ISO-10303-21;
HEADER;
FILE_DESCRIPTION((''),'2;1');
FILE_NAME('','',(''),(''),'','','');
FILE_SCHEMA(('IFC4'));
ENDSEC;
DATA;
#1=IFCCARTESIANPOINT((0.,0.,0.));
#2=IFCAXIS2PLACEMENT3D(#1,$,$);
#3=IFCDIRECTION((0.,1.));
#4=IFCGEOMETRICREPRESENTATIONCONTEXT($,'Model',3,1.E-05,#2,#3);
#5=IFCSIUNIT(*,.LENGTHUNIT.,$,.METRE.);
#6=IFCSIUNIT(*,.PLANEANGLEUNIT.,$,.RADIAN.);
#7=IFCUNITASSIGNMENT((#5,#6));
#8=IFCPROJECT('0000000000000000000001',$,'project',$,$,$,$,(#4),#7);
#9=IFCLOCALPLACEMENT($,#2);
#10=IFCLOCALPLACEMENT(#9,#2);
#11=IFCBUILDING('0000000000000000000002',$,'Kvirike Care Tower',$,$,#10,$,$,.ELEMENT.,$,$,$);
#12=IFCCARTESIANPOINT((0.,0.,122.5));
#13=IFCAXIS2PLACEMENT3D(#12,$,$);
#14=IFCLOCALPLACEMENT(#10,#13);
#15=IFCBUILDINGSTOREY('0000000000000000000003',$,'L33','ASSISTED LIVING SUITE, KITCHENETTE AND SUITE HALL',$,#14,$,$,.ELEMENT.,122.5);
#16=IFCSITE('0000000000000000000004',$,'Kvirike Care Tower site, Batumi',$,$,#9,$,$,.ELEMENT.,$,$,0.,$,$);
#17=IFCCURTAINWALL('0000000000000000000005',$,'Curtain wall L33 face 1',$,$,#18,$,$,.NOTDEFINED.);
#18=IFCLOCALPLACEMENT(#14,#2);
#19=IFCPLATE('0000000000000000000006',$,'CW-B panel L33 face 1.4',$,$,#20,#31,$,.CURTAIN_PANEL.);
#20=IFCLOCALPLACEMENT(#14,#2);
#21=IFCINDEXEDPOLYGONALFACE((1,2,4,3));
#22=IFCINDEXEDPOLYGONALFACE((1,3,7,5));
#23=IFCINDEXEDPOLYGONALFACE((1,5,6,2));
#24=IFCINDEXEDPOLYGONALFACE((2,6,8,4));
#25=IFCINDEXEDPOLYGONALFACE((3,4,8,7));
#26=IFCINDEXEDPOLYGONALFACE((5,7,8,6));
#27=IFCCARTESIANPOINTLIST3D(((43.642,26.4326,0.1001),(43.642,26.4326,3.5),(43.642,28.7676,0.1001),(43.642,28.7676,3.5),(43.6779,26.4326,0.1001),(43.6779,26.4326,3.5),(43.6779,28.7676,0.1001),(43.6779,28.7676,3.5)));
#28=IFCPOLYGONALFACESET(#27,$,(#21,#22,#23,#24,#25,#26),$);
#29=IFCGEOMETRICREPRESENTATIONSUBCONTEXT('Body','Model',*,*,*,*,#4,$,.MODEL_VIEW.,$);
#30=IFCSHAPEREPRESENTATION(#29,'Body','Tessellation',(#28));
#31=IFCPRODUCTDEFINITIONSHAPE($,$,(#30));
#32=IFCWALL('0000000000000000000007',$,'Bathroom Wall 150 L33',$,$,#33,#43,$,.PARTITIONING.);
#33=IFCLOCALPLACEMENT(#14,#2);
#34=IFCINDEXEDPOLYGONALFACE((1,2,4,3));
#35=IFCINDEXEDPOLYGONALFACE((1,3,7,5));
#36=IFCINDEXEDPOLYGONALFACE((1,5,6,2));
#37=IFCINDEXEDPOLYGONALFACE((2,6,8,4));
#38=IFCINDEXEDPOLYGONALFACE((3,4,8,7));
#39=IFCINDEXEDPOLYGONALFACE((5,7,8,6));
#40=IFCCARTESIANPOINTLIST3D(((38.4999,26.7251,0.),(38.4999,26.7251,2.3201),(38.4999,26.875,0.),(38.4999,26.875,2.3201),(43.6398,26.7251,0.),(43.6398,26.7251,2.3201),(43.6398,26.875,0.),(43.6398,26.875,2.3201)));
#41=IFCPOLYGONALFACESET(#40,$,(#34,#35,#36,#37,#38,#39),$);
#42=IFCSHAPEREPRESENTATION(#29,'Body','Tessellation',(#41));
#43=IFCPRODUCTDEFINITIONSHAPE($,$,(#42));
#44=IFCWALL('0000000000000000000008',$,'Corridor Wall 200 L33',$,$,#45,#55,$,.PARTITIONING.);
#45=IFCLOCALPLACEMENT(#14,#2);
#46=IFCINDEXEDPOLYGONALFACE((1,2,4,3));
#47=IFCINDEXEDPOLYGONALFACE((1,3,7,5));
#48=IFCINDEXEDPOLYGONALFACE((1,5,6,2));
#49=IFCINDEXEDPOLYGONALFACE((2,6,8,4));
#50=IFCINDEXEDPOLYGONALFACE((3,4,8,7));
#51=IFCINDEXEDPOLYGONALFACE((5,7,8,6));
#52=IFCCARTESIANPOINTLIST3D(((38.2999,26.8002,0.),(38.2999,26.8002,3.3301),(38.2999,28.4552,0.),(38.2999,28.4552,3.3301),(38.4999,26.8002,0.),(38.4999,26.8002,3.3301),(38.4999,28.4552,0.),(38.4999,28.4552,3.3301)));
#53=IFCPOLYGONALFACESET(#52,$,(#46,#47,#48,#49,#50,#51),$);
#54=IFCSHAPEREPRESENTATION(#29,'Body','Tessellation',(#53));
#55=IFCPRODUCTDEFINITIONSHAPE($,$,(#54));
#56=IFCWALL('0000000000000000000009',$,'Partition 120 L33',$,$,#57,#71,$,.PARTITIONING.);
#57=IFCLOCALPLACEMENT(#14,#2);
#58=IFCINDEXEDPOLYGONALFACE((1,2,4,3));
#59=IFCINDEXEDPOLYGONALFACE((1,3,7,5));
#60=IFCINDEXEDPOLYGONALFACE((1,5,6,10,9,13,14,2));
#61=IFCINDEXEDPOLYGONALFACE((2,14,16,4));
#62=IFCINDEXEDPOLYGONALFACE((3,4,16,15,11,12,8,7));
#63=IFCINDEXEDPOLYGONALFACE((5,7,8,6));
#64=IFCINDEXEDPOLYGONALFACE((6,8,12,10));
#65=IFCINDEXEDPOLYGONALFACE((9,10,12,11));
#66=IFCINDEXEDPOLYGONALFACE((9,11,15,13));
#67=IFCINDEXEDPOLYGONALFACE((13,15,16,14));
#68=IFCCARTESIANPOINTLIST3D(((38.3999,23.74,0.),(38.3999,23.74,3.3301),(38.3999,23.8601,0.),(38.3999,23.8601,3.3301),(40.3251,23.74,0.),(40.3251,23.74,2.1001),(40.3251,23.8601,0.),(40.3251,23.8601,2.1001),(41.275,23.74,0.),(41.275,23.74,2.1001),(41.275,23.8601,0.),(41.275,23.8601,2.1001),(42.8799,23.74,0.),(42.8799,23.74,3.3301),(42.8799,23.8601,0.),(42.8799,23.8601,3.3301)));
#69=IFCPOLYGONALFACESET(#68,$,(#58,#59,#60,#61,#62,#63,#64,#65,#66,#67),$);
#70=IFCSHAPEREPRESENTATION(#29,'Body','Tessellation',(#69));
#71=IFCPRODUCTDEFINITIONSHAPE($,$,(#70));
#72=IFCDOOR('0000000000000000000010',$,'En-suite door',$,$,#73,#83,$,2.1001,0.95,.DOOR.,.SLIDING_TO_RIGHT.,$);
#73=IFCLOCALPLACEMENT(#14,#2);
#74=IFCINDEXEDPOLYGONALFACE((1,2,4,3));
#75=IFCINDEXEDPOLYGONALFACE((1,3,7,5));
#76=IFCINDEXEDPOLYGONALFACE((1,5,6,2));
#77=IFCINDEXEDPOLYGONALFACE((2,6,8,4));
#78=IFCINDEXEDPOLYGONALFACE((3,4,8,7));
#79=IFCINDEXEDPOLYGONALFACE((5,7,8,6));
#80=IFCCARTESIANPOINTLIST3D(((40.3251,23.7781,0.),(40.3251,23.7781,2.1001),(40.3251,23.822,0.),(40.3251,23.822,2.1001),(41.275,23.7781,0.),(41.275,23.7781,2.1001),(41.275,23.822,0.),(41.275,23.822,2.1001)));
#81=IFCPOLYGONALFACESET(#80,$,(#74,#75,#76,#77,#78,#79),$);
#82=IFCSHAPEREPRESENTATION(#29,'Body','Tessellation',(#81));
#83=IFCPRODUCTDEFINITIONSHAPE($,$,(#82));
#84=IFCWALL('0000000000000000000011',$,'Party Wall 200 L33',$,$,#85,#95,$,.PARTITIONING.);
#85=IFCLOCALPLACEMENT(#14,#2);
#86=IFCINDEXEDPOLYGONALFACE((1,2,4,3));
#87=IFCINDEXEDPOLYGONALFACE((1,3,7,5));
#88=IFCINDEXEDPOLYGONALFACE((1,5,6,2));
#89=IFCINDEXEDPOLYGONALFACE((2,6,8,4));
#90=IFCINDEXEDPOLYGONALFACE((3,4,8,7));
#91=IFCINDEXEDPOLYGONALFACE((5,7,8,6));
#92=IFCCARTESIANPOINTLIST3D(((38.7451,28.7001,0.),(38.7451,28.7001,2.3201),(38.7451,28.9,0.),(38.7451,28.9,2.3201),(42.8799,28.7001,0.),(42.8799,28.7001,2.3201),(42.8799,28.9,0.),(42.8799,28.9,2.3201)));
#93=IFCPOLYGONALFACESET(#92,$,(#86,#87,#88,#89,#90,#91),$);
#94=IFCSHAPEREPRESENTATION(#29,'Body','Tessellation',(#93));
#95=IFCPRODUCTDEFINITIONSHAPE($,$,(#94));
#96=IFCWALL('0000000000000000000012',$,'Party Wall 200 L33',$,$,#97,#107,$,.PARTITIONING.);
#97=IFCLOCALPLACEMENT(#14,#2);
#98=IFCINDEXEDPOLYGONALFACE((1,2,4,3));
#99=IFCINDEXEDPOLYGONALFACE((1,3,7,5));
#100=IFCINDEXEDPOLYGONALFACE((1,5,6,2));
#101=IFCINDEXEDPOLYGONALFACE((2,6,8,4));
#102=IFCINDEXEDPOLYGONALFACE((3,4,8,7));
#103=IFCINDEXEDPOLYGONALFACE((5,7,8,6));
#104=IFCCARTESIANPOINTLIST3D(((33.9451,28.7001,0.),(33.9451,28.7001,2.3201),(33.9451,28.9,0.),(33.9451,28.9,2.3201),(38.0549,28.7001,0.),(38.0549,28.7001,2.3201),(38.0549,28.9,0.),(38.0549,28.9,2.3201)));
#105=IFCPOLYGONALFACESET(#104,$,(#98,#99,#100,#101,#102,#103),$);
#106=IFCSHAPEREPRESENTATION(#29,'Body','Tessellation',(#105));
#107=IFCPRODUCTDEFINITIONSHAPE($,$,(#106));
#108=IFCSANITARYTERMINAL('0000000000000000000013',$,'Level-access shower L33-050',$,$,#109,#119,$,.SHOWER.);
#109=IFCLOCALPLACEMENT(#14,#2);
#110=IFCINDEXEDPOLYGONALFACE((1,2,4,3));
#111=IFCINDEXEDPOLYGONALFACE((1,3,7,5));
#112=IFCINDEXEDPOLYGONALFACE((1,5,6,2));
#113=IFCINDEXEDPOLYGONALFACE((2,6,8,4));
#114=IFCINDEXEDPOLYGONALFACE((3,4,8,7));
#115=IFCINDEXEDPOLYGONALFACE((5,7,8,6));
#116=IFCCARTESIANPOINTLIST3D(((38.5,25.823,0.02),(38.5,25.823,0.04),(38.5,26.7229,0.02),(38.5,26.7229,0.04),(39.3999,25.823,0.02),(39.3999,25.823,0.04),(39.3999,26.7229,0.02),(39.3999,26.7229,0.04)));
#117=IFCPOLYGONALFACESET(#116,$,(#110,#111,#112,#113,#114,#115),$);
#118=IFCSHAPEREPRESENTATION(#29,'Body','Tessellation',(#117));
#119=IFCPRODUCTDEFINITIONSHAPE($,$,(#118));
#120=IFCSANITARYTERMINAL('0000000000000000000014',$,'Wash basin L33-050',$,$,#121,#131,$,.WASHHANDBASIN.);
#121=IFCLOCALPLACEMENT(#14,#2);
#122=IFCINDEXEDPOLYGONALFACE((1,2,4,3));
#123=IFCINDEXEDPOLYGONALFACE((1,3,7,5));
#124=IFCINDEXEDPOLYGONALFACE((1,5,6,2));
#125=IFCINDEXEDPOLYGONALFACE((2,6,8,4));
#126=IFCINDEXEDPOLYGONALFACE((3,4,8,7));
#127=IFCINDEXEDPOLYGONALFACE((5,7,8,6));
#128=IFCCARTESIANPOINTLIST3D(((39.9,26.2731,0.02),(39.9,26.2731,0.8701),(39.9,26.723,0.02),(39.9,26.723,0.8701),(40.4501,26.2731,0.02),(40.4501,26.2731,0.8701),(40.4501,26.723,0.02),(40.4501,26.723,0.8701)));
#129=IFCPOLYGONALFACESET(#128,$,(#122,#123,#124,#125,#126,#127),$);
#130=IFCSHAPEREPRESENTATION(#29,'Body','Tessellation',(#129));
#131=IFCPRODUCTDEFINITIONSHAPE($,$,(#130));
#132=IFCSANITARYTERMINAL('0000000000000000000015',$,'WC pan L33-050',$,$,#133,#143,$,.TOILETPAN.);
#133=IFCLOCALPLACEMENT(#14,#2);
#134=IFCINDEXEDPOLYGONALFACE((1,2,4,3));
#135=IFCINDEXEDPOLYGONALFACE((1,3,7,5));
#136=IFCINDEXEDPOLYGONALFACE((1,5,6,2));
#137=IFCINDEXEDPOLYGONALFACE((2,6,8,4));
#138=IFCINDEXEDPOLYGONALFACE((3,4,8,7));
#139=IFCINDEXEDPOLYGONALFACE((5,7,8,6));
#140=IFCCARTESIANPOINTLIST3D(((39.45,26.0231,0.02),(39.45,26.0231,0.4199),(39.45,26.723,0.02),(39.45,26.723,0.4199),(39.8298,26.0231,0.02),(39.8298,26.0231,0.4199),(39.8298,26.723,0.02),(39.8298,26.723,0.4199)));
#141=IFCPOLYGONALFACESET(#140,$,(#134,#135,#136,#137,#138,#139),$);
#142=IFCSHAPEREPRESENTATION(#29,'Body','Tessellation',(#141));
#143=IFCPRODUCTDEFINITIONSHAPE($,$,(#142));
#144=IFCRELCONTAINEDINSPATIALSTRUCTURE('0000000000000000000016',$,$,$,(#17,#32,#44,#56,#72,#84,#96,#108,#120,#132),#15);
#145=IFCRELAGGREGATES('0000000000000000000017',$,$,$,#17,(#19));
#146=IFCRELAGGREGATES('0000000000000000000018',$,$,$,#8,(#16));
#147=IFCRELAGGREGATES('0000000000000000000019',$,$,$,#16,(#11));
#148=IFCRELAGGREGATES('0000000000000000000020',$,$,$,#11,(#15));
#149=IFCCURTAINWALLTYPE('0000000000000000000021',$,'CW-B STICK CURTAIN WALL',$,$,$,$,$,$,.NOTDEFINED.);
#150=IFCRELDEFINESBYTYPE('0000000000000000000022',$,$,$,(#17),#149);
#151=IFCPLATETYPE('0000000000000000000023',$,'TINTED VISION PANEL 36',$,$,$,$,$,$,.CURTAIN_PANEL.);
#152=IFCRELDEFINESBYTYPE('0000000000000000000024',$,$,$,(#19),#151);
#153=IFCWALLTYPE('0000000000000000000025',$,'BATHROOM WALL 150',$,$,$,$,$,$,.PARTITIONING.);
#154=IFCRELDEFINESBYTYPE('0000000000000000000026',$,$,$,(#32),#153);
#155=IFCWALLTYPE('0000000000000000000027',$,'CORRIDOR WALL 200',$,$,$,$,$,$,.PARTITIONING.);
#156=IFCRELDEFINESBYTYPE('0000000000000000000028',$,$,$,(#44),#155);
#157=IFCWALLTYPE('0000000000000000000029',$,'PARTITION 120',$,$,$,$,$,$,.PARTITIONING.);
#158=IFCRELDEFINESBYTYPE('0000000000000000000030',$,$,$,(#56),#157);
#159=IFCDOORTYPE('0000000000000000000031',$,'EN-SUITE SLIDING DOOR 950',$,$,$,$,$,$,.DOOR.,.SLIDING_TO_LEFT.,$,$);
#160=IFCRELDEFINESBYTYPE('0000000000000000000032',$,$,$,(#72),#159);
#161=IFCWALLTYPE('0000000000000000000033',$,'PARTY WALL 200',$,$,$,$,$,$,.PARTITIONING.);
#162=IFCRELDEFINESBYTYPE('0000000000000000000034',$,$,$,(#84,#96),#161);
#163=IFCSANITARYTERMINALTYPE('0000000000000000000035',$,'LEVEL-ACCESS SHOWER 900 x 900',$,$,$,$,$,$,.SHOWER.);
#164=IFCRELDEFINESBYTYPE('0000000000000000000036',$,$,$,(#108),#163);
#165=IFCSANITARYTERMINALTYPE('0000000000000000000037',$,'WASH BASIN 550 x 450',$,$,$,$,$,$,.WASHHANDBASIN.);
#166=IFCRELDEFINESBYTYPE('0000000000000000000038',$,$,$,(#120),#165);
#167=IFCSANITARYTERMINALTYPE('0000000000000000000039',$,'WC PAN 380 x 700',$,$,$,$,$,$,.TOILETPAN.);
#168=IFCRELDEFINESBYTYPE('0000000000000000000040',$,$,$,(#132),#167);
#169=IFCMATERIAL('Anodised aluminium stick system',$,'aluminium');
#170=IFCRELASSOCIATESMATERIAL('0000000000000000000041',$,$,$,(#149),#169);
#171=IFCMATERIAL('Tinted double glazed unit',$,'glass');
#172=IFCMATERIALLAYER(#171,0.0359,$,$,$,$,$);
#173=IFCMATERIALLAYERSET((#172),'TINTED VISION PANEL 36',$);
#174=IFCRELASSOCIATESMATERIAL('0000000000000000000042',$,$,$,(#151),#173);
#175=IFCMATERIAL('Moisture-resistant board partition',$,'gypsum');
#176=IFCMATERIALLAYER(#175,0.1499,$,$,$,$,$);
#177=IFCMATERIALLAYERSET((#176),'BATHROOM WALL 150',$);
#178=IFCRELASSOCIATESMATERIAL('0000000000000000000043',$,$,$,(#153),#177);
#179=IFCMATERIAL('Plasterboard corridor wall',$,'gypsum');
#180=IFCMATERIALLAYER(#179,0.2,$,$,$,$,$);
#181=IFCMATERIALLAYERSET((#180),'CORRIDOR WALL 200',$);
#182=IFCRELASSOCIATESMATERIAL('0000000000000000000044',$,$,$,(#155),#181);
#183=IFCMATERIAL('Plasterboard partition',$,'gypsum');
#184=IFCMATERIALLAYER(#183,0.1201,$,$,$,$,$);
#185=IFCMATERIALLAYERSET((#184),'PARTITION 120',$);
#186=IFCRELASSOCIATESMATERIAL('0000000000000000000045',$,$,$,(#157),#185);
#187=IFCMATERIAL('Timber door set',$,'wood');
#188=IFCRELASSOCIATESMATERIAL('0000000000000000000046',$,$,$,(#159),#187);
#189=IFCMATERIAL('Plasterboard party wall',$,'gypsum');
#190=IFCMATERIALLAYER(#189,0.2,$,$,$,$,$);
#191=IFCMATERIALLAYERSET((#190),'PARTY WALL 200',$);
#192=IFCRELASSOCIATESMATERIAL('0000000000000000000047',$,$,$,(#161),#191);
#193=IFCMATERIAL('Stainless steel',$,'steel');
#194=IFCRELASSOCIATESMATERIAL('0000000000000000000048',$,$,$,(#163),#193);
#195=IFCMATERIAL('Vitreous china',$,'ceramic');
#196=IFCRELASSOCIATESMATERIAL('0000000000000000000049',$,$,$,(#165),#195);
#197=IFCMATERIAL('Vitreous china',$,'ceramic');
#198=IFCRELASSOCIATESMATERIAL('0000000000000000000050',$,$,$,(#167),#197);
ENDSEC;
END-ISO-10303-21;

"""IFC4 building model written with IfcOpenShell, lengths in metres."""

from ifc_helpers import new_model, si_unit, direction, frame, frame_2d, origin, origin_2d, place, context, subcontext, project, spatial, rectangle, extrude, material, layer, layer_set, type_object, element, fill, aggregate, save


model = new_model("IFC4")

# Units and contexts
model_context = context("Model", 3, precision=1e-05, world=origin(), true_north=direction((0.0, 1.0)))
body_context = subcontext(model_context, "Body", "Model", "MODEL_VIEW")
ifc_project = project(units=[si_unit("LENGTHUNIT", "METRE"), si_unit("PLANEANGLEUNIT", "RADIAN")], contexts=[model_context])

# Site, building, storey
site_placement = place(None, origin())
site = spatial("IfcSite", under=ifc_project, at=site_placement, Name="Kvirike Care Tower site, Batumi", CompositionType="ELEMENT", RefElevation=0.0)
building_placement = place(site_placement, origin())
building = spatial("IfcBuilding", under=site, at=building_placement, Name="Kvirike Care Tower", CompositionType="ELEMENT")
storey_placement = place(building_placement, frame((0.0, 0.0, 122.5)))
storey = spatial("IfcBuildingStorey", under=building, at=storey_placement, Name="L33", Description="ASSISTED LIVING SUITE, KITCHENETTE AND SUITE HALL", CompositionType="ELEMENT", Elevation=122.5)

# Curtain wall
ifc_material_1 = material(Name="Anodised aluminium stick system", Category="aluminium")
curtain_wall_type = type_object("IfcCurtainWallType", Name="CW-B STICK CURTAIN WALL", PredefinedType="NOTDEFINED", material=ifc_material_1)
curtain_wall_placement = place(storey_placement, origin())
curtain_wall = element("IfcCurtainWall", 1, at=curtain_wall_placement, inside=storey, type_object=curtain_wall_type, Name="Curtain wall L33 face 1", PredefinedType="NOTDEFINED")

# Plate
ifc_material_2 = material(Name="Tinted double glazed unit", Category="glass")
ifc_layer_1 = layer(ifc_material_2, 0.0359)
ifc_layer_set_1 = layer_set([ifc_layer_1], Name="TINTED VISION PANEL 36")
plate_type = type_object("IfcPlateType", Name="TINTED VISION PANEL 36", PredefinedType="CURTAIN_PANEL", material=ifc_layer_set_1)
plate_1_placement = place(storey_placement, frame((43.6599, 27.6001, 0.1001), z_axis=(0.0, 0.0, 1.0), x_axis=(0.0, 1.0, 0.0)))
plate_1 = element("IfcPlate", 2, at=plate_1_placement, type_object=plate_type, Name="CW-B panel L33 face 1.4", PredefinedType="CURTAIN_PANEL", context=body_context, shape_type="SweptSolid", body=[
    extrude(rectangle(XDim=2.335, YDim=0.0359, at=origin_2d()), origin(), (0.0, 0.0, 1.0), 3.3999),
])
aggregate(curtain_wall, [plate_1])

# Walls
ifc_material_3 = material(Name="Moisture-resistant board partition", Category="gypsum")
ifc_layer_2 = layer(ifc_material_3, 0.1499)
ifc_layer_set_2 = layer_set([ifc_layer_2], Name="BATHROOM WALL 150")
wall_type_1 = type_object("IfcWallType", Name="BATHROOM WALL 150", PredefinedType="PARTITIONING", material=ifc_layer_set_2)
wall_1_placement = place(storey_placement, frame((38.5, 26.8, 0.0), z_axis=(0.0, 0.0, 1.0), x_axis=(1.0, 0.0, 0.0)))
element("IfcWall", 3, at=wall_1_placement, inside=storey, type_object=wall_type_1, Name="Bathroom Wall 150 L33", PredefinedType="PARTITIONING", context=body_context, shape_type="SweptSolid", body=[
    extrude(rectangle(XDim=5.1399, YDim=0.1499, at=frame_2d((2.5698, 0.0))), origin(), (0.0, 0.0, 1.0), 2.3201),
])
ifc_material_4 = material(Name="Plasterboard corridor wall", Category="gypsum")
ifc_layer_3 = layer(ifc_material_4, 0.2)
ifc_layer_set_3 = layer_set([ifc_layer_3], Name="CORRIDOR WALL 200")
wall_type_2 = type_object("IfcWallType", Name="CORRIDOR WALL 200", PredefinedType="PARTITIONING", material=ifc_layer_set_3)
wall_2_placement = place(storey_placement, frame((38.3999, 26.8, 0.0), z_axis=(0.0, 0.0, 1.0), x_axis=(0.0, 1.0, 0.0)))
element("IfcWall", 4, at=wall_2_placement, inside=storey, type_object=wall_type_2, Name="Corridor Wall 200 L33", PredefinedType="PARTITIONING", context=body_context, shape_type="SweptSolid", body=[
    extrude(rectangle(XDim=1.655, YDim=0.2, at=frame_2d((0.8276, 0.0))), origin(), (0.0, 0.0, 1.0), 3.3301),
])

# Wall, opening, door
ifc_material_5 = material(Name="Plasterboard partition", Category="gypsum")
ifc_layer_4 = layer(ifc_material_5, 0.1201)
ifc_layer_set_4 = layer_set([ifc_layer_4], Name="PARTITION 120")
wall_type_3 = type_object("IfcWallType", Name="PARTITION 120", PredefinedType="PARTITIONING", material=ifc_layer_set_4)
wall_3_placement = place(storey_placement, frame((38.3999, 23.8, 0.0), z_axis=(0.0, 0.0, 1.0), x_axis=(1.0, 0.0, 0.0)))
wall_3 = element("IfcWall", 5, at=wall_3_placement, inside=storey, type_object=wall_type_3, Name="Partition 120 L33", PredefinedType="PARTITIONING", context=body_context, shape_type="SweptSolid", body=[
    extrude(rectangle(XDim=4.48, YDim=0.1201, at=frame_2d((2.24, 0.0))), origin(), (0.0, 0.0, 1.0), 3.3301),
])
opening_placement = place(wall_3_placement, frame((1.925, 0.0, 0.0)))
opening = element("IfcOpeningElement", 6, at=opening_placement, cuts=wall_3, PredefinedType="OPENING", context=body_context, shape_type="SweptSolid", body=[
    extrude(rectangle(XDim=0.95, YDim=2.1001, at=frame_2d((0.4751, 1.05))), frame((0.0, 0.0706, 0.0), z_axis=(0.0, -1.0, 0.0), x_axis=(1.0, 0.0, 0.0)), (0.0, 0.0, 1.0), 0.1411),
])
ifc_material_6 = material(Name="Timber door set", Category="wood")
door_type = type_object("IfcDoorType", Name="EN-SUITE SLIDING DOOR 950", OperationType="SLIDING_TO_LEFT", PredefinedType="DOOR", material=ifc_material_6)
door_placement = place(opening_placement, origin())
door = element("IfcDoor", 7, at=door_placement, inside=storey, type_object=door_type, Name="En-suite door", OperationType="SLIDING_TO_RIGHT", OverallHeight=2.1001, OverallWidth=0.95, PredefinedType="DOOR", context=body_context, shape_type="SweptSolid", body=[
    extrude(rectangle(XDim=0.95, YDim=2.1001, at=frame_2d((0.4751, 1.05))), frame((0.0, 0.022, 0.0), z_axis=(0.0, -1.0, 0.0), x_axis=(1.0, 0.0, 0.0)), (0.0, 0.0, 1.0), 0.0439),
])
fill(opening, door)

# Walls
ifc_material_7 = material(Name="Plasterboard party wall", Category="gypsum")
ifc_layer_5 = layer(ifc_material_7, 0.2)
ifc_layer_set_5 = layer_set([ifc_layer_5], Name="PARTY WALL 200")
wall_type_4 = type_object("IfcWallType", Name="PARTY WALL 200", PredefinedType="PARTITIONING", material=ifc_layer_set_5)
wall_4_placement = place(storey_placement, frame((42.8799, 28.8, 0.0), z_axis=(0.0, 0.0, 1.0), x_axis=(-1.0, 0.0, 0.0)))
element("IfcWall", 8, at=wall_4_placement, inside=storey, type_object=wall_type_4, Name="Party Wall 200 L33", PredefinedType="PARTITIONING", context=body_context, shape_type="SweptSolid", body=[
    extrude(rectangle(XDim=4.1348, YDim=0.2, at=frame_2d((2.0674, 0.0))), origin(), (0.0, 0.0, 1.0), 2.3201),
])
wall_5_placement = place(storey_placement, frame((38.0549, 28.8, 0.0), z_axis=(0.0, 0.0, 1.0), x_axis=(-1.0, 0.0, 0.0)))
element("IfcWall", 9, at=wall_5_placement, inside=storey, type_object=wall_type_4, Name="Party Wall 200 L33", PredefinedType="PARTITIONING", context=body_context, shape_type="SweptSolid", body=[
    extrude(rectangle(XDim=4.1099, YDim=0.2, at=frame_2d((2.0549, 0.0))), origin(), (0.0, 0.0, 1.0), 2.3201),
])

# Sanitary terminals
ifc_material_8 = material(Name="Stainless steel", Category="steel")
sanitary_terminal_type_1 = type_object("IfcSanitaryTerminalType", Name="LEVEL-ACCESS SHOWER 900 x 900", PredefinedType="SHOWER", material=ifc_material_8)
sanitary_terminal_1_placement = place(storey_placement, frame((38.95, 26.2729, 0.02), z_axis=(0.0, 0.0, 1.0), x_axis=(1.0, 0.0, 0.0)))
element("IfcSanitaryTerminal", 10, at=sanitary_terminal_1_placement, inside=storey, type_object=sanitary_terminal_type_1, Name="Level-access shower L33-050", PredefinedType="SHOWER", context=body_context, shape_type="SweptSolid", body=[
    extrude(rectangle(XDim=0.8999, YDim=0.8999, at=origin_2d()), origin(), (0.0, 0.0, 1.0), 0.02),
])
ifc_material_9 = material(Name="Vitreous china", Category="ceramic")
sanitary_terminal_type_2 = type_object("IfcSanitaryTerminalType", Name="WASH BASIN 550 x 450", PredefinedType="WASHHANDBASIN", material=ifc_material_9)
sanitary_terminal_2_placement = place(storey_placement, frame((40.175, 26.498, 0.02), z_axis=(0.0, 0.0, 1.0), x_axis=(1.0, 0.0, 0.0)))
element("IfcSanitaryTerminal", 11, at=sanitary_terminal_2_placement, inside=storey, type_object=sanitary_terminal_type_2, Name="Wash basin L33-050", PredefinedType="WASHHANDBASIN", context=body_context, shape_type="SweptSolid", body=[
    extrude(rectangle(XDim=0.55, YDim=0.45, at=origin_2d()), origin(), (0.0, 0.0, 1.0), 0.8501),
])
ifc_material_10 = material(Name="Vitreous china", Category="ceramic")
sanitary_terminal_type_3 = type_object("IfcSanitaryTerminalType", Name="WC PAN 380 x 700", PredefinedType="TOILETPAN", material=ifc_material_10)
sanitary_terminal_3_placement = place(storey_placement, frame((39.6399, 26.373, 0.02), z_axis=(0.0, 0.0, 1.0), x_axis=(1.0, 0.0, 0.0)))
element("IfcSanitaryTerminal", 12, at=sanitary_terminal_3_placement, inside=storey, type_object=sanitary_terminal_type_3, Name="WC pan L33-050", PredefinedType="TOILETPAN", context=body_context, shape_type="SweptSolid", body=[
    extrude(rectangle(XDim=0.3799, YDim=0.7, at=origin_2d()), origin(), (0.0, 0.0, 1.0), 0.3999),
])

save(model, "model.ifc")
